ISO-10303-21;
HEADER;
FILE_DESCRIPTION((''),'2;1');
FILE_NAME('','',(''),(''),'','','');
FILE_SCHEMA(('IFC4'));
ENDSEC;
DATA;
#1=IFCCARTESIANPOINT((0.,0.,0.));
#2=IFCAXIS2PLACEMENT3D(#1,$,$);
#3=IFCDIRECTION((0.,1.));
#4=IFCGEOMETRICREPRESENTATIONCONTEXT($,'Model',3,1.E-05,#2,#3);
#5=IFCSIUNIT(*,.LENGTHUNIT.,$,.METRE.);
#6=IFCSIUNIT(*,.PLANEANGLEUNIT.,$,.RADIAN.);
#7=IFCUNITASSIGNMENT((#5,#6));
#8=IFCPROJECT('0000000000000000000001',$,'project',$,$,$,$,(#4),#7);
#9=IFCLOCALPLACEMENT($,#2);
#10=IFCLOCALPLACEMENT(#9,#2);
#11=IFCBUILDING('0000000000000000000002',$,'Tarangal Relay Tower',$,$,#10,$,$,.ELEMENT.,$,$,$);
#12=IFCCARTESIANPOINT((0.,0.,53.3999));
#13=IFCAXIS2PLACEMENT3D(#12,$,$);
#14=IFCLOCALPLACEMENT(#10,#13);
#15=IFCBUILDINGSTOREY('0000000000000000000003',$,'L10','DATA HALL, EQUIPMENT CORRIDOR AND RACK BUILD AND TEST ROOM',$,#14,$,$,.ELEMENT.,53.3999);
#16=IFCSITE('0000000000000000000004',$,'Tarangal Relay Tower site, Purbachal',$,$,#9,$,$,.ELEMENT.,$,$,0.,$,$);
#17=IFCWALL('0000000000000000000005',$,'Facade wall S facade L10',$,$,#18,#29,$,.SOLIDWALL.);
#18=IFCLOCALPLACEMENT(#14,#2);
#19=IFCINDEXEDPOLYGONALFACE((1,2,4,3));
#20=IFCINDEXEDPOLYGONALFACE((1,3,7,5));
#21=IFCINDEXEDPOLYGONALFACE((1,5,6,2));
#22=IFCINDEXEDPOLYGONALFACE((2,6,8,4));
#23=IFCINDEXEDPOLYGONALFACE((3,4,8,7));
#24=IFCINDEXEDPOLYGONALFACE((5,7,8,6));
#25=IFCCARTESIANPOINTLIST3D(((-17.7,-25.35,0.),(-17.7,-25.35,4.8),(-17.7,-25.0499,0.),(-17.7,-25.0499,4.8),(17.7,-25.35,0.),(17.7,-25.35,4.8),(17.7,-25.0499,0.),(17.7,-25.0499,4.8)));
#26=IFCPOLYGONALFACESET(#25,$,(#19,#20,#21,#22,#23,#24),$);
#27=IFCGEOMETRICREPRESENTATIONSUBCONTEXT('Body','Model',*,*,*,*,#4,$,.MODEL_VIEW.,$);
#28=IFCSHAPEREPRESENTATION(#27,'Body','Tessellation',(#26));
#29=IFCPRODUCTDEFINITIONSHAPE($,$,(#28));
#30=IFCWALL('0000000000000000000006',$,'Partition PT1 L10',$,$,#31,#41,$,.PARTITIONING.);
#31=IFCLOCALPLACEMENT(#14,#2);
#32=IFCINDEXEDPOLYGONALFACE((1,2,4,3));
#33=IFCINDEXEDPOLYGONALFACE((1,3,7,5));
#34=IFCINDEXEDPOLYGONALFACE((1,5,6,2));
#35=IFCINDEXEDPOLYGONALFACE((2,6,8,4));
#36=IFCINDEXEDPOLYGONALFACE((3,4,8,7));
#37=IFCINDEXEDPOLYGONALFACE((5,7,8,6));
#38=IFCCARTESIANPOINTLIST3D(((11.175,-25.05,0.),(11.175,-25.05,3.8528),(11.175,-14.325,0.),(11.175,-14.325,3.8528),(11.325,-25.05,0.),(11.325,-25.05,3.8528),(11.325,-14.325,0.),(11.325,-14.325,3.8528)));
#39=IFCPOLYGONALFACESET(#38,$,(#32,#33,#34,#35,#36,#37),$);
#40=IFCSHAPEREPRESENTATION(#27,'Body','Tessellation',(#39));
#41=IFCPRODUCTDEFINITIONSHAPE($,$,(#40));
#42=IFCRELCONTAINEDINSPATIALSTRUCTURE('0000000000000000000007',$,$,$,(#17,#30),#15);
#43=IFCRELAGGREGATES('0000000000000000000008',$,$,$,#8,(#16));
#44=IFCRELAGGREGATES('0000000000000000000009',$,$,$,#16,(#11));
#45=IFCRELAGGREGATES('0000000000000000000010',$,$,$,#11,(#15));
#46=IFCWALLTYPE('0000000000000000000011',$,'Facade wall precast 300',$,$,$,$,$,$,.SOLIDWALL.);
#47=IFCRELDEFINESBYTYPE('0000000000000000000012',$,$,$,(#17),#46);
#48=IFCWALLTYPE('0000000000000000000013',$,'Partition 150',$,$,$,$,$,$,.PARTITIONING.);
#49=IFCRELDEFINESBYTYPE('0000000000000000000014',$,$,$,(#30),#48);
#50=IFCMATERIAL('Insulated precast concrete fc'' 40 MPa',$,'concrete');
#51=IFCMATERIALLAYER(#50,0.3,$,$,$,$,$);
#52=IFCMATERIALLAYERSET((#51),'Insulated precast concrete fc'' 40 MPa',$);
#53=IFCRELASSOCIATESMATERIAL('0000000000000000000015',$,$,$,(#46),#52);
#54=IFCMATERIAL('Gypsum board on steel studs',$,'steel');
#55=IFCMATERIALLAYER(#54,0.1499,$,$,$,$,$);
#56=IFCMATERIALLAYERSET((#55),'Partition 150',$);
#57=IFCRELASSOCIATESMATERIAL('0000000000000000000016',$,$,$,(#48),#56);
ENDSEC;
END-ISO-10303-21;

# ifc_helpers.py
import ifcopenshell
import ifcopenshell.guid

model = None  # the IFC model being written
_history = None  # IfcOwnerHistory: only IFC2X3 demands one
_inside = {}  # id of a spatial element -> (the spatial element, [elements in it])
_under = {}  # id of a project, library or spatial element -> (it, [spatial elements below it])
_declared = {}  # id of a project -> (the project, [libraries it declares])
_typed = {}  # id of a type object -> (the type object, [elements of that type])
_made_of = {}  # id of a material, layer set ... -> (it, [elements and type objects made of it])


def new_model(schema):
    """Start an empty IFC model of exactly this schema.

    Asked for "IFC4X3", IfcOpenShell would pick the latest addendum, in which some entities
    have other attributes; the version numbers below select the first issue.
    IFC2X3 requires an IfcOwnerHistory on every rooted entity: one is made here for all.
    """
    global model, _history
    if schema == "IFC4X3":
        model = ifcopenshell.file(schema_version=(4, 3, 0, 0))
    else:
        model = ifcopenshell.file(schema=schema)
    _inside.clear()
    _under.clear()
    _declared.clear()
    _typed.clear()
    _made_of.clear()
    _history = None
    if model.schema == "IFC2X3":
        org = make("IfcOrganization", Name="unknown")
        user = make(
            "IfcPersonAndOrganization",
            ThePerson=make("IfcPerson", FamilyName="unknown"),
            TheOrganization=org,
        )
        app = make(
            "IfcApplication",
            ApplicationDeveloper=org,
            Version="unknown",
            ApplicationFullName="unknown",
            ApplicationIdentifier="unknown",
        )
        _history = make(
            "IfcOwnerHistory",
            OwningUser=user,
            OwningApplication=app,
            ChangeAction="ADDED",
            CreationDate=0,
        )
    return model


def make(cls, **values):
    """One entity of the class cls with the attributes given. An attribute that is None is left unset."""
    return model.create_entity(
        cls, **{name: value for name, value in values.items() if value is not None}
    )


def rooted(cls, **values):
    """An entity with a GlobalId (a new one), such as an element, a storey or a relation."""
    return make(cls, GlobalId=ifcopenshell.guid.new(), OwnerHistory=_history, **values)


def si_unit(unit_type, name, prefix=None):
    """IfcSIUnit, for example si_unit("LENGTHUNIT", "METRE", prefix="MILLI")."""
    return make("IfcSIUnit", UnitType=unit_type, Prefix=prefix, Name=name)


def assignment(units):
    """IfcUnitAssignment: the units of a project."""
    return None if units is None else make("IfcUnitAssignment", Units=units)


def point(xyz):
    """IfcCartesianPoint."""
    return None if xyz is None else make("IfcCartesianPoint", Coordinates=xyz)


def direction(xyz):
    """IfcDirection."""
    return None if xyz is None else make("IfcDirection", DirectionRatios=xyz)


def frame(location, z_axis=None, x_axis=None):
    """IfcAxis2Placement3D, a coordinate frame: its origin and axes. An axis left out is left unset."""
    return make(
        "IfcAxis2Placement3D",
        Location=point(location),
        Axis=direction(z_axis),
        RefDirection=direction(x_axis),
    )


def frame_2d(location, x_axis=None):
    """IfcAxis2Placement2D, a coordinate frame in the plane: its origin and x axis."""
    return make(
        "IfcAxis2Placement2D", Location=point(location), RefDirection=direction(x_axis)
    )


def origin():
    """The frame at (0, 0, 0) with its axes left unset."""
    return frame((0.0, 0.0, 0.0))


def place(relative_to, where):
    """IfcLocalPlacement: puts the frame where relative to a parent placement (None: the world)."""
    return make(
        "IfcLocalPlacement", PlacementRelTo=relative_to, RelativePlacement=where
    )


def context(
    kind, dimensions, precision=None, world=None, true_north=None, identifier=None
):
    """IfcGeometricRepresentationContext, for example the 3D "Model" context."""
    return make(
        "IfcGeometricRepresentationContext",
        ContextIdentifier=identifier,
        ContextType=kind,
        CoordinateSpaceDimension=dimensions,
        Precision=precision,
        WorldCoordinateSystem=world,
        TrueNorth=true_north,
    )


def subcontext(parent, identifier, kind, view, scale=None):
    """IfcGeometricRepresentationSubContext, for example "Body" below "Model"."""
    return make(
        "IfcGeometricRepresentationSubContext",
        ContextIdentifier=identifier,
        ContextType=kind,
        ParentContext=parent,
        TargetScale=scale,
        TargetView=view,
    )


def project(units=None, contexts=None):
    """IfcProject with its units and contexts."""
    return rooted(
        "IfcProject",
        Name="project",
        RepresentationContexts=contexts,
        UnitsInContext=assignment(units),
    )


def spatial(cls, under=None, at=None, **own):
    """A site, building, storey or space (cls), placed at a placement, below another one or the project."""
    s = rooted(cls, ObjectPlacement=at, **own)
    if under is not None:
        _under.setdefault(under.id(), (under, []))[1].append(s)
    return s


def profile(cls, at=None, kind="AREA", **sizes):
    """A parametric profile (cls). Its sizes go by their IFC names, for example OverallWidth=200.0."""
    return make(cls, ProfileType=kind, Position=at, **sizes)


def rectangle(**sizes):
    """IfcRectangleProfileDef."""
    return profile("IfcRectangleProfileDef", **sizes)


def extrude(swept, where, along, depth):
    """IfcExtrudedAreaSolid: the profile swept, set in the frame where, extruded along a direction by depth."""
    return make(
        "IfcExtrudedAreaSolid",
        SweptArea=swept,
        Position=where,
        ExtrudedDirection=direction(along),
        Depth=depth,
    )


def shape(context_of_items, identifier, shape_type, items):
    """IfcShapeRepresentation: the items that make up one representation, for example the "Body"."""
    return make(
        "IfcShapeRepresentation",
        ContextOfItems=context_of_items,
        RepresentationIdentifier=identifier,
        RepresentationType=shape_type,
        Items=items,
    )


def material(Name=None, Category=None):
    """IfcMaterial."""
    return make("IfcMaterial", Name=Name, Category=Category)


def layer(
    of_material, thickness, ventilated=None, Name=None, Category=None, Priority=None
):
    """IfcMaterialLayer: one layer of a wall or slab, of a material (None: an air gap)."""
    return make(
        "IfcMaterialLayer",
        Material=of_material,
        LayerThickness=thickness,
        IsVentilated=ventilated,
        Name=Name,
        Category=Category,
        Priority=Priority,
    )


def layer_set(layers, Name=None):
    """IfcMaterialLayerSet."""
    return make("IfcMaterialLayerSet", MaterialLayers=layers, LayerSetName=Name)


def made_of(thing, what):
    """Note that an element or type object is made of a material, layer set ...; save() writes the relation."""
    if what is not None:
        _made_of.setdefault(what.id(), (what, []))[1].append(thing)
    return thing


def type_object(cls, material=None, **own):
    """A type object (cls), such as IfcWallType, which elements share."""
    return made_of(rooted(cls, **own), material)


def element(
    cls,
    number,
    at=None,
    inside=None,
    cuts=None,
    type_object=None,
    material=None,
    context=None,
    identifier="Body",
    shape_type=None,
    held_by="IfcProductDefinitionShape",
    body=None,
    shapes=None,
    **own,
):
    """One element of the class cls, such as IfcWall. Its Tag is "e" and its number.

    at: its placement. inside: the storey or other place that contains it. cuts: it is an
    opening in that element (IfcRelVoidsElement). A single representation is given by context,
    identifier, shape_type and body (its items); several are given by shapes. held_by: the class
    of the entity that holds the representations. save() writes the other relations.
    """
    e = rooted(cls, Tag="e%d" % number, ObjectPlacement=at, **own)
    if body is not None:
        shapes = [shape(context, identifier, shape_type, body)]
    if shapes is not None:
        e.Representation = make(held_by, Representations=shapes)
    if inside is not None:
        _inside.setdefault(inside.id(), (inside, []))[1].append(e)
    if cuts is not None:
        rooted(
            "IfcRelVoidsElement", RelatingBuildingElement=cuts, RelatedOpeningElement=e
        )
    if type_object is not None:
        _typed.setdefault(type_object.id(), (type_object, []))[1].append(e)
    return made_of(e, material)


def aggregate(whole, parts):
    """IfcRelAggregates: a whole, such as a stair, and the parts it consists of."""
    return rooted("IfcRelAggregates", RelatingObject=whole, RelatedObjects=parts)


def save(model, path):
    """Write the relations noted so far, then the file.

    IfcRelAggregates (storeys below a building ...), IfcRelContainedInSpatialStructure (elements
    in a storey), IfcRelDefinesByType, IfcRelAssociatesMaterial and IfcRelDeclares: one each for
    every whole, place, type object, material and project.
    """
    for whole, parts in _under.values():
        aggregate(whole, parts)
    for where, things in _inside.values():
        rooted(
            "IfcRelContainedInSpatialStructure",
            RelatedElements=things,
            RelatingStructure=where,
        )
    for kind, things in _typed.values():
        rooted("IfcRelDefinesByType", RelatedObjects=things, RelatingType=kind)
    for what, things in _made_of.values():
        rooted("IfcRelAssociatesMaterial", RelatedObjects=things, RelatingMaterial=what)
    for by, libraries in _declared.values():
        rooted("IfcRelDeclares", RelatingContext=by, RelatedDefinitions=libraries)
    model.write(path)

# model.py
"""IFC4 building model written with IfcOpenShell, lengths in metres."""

from ifc_helpers import new_model, si_unit, direction, frame, frame_2d, origin, place, context, subcontext, project, spatial, rectangle, extrude, material, layer, layer_set, type_object, element, save


model = new_model("IFC4")

# Units and contexts
model_context = context("Model", 3, precision=1e-05, world=origin(), true_north=direction((0.0, 1.0)))
body_context = subcontext(model_context, "Body", "Model", "MODEL_VIEW")
ifc_project = project(units=[si_unit("LENGTHUNIT", "METRE"), si_unit("PLANEANGLEUNIT", "RADIAN")], contexts=[model_context])

# Site, building, storey
site_placement = place(None, origin())
site = spatial("IfcSite", under=ifc_project, at=site_placement, Name="Tarangal Relay Tower site, Purbachal", CompositionType="ELEMENT", RefElevation=0.0)
building_placement = place(site_placement, origin())
building = spatial("IfcBuilding", under=site, at=building_placement, Name="Tarangal Relay Tower", CompositionType="ELEMENT")
storey_placement = place(building_placement, frame((0.0, 0.0, 53.3999)))
storey = spatial("IfcBuildingStorey", under=building, at=storey_placement, Name="L10", Description="DATA HALL, EQUIPMENT CORRIDOR AND RACK BUILD AND TEST ROOM", CompositionType="ELEMENT", Elevation=53.3999)

# Shared definitions
ifc_material_1 = material(Name="Insulated precast concrete fc' 40 MPa", Category="concrete")
ifc_layer_1 = layer(ifc_material_1, 0.3)
ifc_layer_set_1 = layer_set([ifc_layer_1], Name="Insulated precast concrete fc' 40 MPa")
wall_type_1 = type_object("IfcWallType", Name="Facade wall precast 300", PredefinedType="SOLIDWALL", material=ifc_layer_set_1)

# Walls
wall_1_placement = place(storey_placement, frame((17.7, -25.2, 0.0), z_axis=(0.0, 0.0, 1.0), x_axis=(-1.0, 0.0, 0.0)))
element("IfcWall", 1, at=wall_1_placement, inside=storey, type_object=wall_type_1, Name="Facade wall S facade L10", PredefinedType="SOLIDWALL", context=body_context, shape_type="SweptSolid", body=[
    extrude(rectangle(XDim=35.3999, YDim=0.3, at=frame_2d((17.7, 0.0))), origin(), (0.0, 0.0, 1.0), 4.8),
])
ifc_material_2 = material(Name="Gypsum board on steel studs", Category="steel")
ifc_layer_2 = layer(ifc_material_2, 0.1499)
ifc_layer_set_2 = layer_set([ifc_layer_2], Name="Partition 150")
wall_type_2 = type_object("IfcWallType", Name="Partition 150", PredefinedType="PARTITIONING", material=ifc_layer_set_2)
wall_2_placement = place(storey_placement, frame((11.25, -25.05, 0.0), z_axis=(0.0, 0.0, 1.0), x_axis=(0.0, 1.0, 0.0)))
element("IfcWall", 2, at=wall_2_placement, inside=storey, type_object=wall_type_2, Name="Partition PT1 L10", PredefinedType="PARTITIONING", context=body_context, shape_type="SweptSolid", body=[
    extrude(rectangle(XDim=10.7251, YDim=0.1499, at=frame_2d((5.3625, 0.0))), origin(), (0.0, 0.0, 1.0), 3.8528),
])

save(model, "model.ifc")
